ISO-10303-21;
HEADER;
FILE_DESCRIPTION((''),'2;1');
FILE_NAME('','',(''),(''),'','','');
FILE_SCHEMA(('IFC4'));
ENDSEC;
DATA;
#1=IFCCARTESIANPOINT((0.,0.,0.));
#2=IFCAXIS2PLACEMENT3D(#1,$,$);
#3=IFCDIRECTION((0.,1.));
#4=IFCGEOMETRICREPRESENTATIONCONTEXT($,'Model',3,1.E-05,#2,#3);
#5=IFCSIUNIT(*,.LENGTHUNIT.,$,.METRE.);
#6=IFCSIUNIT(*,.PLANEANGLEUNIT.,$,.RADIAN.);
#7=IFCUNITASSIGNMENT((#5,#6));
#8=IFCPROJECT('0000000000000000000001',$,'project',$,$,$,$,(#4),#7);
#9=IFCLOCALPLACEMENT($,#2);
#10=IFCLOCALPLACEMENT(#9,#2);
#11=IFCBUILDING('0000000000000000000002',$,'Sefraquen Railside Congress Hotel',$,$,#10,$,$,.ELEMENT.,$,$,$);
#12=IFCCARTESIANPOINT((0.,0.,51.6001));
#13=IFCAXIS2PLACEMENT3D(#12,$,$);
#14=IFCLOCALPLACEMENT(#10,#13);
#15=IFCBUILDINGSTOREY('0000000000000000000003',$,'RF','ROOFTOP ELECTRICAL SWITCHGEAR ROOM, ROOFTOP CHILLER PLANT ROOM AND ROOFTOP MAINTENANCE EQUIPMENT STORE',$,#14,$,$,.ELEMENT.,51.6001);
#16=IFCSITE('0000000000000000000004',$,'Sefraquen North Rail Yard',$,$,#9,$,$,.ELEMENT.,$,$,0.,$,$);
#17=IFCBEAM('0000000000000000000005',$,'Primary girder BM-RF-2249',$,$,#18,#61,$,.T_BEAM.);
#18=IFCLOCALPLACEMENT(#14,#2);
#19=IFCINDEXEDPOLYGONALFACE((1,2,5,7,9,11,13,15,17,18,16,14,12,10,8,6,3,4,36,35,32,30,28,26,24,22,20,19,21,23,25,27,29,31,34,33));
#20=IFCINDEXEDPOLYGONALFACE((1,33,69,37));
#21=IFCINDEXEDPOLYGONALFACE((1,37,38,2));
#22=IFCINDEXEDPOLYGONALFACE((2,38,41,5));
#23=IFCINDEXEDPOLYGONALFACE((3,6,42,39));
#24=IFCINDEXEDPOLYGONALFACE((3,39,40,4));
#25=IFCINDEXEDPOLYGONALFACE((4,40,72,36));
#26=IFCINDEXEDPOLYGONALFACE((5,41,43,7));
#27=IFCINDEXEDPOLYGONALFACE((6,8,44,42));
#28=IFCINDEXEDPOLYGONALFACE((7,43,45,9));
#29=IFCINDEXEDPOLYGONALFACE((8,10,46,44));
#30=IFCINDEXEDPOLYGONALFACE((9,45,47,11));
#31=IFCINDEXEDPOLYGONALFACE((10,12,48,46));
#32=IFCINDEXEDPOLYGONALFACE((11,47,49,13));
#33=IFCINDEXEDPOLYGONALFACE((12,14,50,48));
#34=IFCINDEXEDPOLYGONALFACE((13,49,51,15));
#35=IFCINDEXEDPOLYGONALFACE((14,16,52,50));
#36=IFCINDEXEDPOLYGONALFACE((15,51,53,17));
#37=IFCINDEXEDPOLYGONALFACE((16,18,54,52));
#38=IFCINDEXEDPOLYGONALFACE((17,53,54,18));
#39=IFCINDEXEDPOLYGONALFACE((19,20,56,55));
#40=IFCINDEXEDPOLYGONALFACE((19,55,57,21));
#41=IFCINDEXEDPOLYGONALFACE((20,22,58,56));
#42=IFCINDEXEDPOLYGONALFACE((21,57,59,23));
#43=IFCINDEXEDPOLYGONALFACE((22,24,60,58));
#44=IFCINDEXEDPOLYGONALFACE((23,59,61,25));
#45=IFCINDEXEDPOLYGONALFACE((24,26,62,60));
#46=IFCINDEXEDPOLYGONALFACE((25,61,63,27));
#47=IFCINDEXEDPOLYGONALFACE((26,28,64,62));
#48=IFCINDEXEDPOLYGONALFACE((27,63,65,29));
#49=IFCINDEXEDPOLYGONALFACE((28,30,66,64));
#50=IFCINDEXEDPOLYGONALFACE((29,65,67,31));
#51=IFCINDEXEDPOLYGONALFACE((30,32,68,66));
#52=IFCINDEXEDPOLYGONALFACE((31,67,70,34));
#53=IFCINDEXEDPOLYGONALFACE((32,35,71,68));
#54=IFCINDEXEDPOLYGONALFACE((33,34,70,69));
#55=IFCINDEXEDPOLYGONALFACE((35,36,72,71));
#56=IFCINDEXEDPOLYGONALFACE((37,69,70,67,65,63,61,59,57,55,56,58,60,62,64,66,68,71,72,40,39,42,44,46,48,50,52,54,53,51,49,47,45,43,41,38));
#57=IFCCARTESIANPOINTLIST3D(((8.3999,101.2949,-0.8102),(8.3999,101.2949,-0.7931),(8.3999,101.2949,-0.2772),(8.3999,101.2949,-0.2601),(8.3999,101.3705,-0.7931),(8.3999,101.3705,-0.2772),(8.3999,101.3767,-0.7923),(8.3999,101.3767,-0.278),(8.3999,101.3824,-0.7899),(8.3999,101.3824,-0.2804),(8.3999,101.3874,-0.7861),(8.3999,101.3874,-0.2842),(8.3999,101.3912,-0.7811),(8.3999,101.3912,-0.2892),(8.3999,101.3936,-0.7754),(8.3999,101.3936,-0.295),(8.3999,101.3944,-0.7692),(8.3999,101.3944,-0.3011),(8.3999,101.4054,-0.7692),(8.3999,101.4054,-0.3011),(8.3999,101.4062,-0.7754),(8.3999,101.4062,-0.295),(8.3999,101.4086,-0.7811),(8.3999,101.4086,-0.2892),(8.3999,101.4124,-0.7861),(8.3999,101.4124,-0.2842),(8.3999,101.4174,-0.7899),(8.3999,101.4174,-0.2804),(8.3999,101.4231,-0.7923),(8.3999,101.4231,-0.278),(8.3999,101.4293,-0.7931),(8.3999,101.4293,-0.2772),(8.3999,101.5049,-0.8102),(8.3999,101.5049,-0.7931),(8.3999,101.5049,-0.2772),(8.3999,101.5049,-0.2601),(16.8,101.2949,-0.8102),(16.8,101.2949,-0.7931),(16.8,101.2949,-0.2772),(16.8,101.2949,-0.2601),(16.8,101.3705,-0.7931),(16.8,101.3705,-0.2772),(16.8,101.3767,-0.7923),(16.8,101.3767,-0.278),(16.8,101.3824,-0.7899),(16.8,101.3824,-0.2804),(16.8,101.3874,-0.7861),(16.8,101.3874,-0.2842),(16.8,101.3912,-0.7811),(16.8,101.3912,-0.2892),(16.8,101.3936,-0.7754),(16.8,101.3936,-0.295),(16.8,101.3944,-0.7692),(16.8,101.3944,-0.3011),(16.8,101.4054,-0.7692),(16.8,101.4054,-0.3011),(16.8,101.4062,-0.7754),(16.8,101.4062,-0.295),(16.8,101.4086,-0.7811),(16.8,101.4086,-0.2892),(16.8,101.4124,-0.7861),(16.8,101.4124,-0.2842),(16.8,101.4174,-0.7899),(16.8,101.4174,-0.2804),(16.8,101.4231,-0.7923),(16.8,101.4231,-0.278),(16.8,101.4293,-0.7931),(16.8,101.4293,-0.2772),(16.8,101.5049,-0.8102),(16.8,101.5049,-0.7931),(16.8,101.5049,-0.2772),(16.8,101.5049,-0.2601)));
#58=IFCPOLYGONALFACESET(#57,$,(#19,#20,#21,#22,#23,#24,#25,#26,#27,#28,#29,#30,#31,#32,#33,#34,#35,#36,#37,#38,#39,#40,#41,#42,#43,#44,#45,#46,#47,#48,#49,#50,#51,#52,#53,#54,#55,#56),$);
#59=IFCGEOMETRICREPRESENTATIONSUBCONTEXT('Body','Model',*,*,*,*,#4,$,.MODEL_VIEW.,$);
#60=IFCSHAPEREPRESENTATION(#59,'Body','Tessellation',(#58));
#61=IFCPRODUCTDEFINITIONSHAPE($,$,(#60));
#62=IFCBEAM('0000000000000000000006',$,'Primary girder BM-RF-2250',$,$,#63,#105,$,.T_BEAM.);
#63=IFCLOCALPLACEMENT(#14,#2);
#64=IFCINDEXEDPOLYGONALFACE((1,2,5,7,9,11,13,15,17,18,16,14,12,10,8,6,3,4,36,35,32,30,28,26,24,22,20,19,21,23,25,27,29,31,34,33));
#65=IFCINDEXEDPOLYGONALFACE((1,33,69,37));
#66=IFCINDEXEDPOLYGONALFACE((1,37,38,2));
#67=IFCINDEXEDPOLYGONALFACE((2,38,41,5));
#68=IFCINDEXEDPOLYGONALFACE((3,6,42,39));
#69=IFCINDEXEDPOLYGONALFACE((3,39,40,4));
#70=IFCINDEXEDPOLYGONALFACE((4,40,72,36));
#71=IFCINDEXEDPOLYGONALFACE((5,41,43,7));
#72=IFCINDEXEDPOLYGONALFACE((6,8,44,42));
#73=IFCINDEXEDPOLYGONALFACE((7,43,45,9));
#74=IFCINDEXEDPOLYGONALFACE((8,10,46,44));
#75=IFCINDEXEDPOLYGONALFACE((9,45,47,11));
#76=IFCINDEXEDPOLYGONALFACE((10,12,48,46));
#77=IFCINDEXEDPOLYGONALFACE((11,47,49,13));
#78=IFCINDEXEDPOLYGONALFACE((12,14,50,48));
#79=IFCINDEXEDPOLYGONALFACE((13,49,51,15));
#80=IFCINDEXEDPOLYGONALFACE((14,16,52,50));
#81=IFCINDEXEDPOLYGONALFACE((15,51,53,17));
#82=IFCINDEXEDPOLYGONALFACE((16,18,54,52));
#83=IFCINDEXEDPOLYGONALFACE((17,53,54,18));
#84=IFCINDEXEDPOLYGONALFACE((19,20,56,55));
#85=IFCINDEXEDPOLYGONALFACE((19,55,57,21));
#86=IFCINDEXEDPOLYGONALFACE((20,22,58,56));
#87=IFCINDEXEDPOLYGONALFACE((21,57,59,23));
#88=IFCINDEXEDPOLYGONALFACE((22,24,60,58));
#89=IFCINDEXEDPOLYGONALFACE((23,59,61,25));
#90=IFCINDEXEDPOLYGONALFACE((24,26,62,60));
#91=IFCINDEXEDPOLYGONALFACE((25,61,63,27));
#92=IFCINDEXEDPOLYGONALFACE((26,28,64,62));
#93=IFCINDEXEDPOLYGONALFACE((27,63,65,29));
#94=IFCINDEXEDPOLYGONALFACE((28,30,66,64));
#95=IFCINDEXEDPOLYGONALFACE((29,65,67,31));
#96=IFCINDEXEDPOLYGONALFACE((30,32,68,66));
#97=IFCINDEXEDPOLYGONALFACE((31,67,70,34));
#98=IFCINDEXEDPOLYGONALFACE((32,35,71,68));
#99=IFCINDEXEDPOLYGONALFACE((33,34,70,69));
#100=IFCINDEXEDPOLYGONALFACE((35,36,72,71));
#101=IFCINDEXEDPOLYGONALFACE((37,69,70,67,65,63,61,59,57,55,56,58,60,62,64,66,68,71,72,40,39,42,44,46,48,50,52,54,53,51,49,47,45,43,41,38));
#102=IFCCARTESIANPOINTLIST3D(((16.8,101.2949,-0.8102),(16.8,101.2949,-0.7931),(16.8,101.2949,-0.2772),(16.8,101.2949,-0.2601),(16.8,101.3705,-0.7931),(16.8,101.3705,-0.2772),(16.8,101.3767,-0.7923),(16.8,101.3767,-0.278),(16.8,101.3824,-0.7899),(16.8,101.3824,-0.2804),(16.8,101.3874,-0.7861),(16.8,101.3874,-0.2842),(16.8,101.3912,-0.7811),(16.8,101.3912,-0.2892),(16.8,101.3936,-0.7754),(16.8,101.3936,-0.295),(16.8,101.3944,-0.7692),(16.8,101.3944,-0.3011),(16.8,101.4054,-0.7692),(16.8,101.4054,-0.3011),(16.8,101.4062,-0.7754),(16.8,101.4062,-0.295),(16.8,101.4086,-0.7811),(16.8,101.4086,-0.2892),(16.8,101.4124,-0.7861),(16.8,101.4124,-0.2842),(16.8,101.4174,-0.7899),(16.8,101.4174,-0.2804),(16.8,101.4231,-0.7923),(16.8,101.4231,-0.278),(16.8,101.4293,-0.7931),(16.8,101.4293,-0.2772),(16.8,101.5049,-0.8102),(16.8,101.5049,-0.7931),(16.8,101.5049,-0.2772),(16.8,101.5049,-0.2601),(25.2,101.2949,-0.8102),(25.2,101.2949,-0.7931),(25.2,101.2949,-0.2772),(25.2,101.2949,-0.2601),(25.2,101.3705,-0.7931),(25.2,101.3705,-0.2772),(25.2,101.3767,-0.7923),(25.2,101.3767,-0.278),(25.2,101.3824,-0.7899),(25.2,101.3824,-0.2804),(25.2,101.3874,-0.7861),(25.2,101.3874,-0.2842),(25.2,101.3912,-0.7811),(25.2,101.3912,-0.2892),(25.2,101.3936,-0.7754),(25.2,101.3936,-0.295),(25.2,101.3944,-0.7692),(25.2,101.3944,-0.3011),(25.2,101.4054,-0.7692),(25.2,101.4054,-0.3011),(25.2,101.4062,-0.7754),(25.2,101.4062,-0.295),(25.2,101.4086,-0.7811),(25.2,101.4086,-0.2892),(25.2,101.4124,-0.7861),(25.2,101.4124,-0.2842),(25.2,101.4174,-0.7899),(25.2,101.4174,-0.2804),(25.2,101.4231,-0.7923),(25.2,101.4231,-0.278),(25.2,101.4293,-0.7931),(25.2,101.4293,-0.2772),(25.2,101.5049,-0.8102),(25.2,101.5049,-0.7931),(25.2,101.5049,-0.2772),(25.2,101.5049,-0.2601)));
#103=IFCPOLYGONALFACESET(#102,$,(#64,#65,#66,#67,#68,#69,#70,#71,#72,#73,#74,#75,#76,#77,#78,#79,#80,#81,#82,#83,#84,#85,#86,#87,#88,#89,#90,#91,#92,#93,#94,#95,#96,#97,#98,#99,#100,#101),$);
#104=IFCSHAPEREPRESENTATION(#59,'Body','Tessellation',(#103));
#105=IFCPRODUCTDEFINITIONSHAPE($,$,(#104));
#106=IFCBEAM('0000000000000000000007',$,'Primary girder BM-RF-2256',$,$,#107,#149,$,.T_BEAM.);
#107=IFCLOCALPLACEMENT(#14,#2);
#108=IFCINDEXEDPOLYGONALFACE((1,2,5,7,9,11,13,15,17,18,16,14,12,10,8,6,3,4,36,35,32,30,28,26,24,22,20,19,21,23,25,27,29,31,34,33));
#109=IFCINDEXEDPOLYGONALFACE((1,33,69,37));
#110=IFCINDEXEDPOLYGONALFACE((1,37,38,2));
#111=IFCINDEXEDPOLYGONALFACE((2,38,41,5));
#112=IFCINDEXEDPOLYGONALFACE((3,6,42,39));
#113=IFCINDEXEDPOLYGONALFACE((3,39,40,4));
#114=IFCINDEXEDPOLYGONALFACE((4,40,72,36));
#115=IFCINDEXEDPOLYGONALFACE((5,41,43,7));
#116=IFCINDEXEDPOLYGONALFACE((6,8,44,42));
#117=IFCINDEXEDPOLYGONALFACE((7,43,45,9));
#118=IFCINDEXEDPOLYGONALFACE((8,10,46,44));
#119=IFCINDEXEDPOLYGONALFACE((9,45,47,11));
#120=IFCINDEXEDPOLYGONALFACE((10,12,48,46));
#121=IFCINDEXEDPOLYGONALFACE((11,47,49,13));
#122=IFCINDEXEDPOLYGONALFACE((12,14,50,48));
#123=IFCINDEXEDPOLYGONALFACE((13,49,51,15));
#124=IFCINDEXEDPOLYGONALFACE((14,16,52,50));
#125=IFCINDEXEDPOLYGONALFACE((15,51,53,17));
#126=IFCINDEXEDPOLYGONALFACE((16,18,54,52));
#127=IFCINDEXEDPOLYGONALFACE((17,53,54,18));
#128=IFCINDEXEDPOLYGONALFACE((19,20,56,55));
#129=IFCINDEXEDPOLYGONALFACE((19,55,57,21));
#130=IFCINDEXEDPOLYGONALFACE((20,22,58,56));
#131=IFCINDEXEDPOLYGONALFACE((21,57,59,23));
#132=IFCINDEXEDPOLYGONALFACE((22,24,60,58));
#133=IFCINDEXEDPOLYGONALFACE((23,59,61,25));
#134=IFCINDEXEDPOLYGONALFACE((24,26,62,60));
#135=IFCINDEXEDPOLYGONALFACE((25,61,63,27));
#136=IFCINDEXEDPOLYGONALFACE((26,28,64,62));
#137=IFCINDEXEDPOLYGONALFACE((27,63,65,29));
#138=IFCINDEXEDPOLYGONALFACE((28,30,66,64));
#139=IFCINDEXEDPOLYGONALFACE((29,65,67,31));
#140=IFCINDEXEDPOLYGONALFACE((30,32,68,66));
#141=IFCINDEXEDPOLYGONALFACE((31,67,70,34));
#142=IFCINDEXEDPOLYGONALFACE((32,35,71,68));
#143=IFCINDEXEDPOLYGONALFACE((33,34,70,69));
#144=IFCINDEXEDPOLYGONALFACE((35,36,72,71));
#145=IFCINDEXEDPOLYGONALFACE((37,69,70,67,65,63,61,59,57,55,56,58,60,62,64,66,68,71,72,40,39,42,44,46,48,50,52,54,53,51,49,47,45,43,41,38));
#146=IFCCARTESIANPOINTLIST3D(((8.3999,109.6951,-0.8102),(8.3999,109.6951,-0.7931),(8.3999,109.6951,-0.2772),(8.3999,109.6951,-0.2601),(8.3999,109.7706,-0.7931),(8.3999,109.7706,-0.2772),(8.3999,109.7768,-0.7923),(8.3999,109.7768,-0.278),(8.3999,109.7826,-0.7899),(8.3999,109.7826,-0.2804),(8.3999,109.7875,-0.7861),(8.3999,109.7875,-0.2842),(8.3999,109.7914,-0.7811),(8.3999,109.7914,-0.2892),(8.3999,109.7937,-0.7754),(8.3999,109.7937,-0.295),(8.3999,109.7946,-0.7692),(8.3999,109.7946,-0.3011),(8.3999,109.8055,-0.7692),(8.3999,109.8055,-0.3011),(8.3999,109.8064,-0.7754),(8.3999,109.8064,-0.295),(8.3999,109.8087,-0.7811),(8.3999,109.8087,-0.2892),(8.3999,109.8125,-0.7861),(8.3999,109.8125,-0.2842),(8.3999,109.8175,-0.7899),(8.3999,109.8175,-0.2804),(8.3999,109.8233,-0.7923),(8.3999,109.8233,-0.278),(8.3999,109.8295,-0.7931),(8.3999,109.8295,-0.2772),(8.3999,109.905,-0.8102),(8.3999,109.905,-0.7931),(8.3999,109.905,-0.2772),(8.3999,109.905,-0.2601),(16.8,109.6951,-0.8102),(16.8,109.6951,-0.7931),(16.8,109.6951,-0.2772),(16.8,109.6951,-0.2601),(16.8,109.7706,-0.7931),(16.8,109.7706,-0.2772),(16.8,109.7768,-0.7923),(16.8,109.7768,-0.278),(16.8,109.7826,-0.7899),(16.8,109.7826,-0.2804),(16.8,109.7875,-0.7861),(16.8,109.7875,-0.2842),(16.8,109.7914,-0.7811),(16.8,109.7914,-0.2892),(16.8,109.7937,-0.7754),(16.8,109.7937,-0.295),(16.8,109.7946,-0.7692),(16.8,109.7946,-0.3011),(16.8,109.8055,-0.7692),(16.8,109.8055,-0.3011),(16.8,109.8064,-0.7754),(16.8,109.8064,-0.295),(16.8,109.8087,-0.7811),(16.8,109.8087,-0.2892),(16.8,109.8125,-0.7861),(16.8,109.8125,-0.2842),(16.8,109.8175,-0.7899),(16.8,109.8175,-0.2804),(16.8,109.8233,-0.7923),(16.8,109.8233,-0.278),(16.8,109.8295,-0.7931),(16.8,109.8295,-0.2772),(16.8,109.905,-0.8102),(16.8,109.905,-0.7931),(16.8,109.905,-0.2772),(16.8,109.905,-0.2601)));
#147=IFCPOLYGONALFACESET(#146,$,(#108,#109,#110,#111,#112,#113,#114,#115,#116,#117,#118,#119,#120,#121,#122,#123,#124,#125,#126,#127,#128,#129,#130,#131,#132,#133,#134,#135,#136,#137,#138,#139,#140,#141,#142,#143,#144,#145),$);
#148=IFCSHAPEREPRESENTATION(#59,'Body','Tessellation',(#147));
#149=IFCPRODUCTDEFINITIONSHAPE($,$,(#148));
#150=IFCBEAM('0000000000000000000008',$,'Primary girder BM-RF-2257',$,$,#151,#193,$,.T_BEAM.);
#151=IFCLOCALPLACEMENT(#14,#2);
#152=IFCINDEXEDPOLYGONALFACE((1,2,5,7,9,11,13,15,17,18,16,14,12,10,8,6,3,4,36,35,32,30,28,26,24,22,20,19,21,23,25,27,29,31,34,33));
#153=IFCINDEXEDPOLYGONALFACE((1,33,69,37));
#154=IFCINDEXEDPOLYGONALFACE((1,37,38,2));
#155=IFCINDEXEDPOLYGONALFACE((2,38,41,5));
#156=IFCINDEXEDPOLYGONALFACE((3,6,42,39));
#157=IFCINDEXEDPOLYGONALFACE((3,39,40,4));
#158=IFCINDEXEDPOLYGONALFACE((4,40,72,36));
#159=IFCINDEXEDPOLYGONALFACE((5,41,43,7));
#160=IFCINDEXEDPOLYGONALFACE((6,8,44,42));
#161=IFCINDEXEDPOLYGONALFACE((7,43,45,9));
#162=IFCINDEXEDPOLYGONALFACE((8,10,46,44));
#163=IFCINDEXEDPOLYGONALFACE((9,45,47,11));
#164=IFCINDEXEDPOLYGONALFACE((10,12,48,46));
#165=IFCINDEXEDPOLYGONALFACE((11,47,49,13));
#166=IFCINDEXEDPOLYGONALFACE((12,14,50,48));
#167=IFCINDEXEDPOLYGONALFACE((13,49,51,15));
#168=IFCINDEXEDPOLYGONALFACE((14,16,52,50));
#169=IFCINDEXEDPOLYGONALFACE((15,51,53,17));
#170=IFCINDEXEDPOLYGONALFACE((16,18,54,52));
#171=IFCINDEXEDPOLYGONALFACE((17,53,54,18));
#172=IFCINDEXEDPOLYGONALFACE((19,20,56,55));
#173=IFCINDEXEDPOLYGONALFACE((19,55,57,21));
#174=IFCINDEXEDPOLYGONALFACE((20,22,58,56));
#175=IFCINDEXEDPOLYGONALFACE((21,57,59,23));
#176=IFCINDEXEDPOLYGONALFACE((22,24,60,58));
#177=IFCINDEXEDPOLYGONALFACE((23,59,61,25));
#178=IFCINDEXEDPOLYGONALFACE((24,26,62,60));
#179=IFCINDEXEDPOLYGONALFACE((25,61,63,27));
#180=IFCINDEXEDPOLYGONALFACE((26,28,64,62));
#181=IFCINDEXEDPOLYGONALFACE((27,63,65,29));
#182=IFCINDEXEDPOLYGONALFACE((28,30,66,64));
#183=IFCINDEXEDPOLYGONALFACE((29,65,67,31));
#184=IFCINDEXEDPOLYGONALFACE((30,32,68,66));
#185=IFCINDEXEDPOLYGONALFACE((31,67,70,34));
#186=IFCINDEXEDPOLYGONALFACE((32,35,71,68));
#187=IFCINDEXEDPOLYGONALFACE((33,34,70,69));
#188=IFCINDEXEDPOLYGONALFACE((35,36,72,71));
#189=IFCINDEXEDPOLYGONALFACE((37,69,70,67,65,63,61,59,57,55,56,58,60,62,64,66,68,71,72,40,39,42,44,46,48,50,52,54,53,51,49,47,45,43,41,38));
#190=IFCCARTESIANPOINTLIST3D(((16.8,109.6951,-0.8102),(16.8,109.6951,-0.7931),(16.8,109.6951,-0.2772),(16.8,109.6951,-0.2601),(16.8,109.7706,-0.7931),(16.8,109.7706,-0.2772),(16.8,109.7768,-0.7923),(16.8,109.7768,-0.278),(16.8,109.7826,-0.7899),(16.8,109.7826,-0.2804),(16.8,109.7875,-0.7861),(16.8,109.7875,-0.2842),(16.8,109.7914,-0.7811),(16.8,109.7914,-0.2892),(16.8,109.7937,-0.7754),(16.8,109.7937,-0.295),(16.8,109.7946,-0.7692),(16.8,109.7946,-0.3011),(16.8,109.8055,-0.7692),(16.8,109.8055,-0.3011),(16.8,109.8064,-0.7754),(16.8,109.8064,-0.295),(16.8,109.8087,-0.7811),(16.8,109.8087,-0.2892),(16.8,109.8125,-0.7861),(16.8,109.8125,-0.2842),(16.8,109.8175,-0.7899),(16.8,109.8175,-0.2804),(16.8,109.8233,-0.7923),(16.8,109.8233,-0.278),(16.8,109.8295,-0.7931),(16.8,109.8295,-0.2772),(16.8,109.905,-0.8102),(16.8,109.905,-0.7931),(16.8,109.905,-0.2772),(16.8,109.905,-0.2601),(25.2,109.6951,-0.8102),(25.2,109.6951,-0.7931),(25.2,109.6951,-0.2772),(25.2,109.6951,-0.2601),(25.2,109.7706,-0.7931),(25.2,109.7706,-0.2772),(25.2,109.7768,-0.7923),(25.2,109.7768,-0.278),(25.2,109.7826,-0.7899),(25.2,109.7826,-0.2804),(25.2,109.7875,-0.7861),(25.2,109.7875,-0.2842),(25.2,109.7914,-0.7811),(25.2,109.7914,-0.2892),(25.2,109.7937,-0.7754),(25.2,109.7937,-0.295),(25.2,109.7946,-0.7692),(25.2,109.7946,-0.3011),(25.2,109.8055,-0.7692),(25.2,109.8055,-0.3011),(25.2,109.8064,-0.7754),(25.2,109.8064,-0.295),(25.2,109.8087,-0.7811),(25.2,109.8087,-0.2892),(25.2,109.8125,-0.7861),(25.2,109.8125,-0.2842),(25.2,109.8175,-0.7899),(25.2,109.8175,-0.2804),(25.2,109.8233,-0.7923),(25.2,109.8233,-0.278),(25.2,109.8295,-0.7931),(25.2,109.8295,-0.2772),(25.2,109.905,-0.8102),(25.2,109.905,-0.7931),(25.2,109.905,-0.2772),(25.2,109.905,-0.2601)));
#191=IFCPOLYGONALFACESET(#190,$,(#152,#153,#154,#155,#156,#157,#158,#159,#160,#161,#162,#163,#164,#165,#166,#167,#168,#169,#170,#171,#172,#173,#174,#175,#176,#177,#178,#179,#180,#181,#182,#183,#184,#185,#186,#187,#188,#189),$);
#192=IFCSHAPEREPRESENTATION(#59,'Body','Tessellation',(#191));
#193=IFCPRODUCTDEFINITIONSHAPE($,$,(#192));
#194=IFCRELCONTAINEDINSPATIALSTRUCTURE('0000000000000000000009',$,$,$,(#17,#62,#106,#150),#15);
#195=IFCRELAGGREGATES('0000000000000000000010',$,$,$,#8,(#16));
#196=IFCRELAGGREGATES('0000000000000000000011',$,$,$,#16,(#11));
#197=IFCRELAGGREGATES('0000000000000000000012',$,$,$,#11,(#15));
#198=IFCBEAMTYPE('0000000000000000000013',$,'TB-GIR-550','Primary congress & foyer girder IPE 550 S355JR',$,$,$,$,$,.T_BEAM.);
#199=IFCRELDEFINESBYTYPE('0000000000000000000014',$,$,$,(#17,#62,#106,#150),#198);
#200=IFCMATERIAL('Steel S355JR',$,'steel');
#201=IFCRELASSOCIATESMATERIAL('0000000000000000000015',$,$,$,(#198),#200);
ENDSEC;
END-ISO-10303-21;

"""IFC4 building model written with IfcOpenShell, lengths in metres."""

from ifc_helpers import new_model, si_unit, direction, frame, origin, origin_2d, place, context, subcontext, project, spatial, i_section, extrude, material, material_profile, profile_set, type_object, element, save


model = new_model("IFC4")

# Units and contexts
model_context = context("Model", 3, precision=1e-05, world=origin(), true_north=direction((0.0, 1.0)))
body_context = subcontext(model_context, "Body", "Model", "MODEL_VIEW")
ifc_project = project(units=[si_unit("LENGTHUNIT", "METRE"), si_unit("PLANEANGLEUNIT", "RADIAN")], contexts=[model_context])

# Site, building, storey
site_placement = place(None, origin())
site = spatial("IfcSite", under=ifc_project, at=site_placement, Name="Sefraquen North Rail Yard", CompositionType="ELEMENT", RefElevation=0.0)
building_placement = place(site_placement, origin())
building = spatial("IfcBuilding", under=site, at=building_placement, Name="Sefraquen Railside Congress Hotel", CompositionType="ELEMENT")
storey_placement = place(building_placement, frame((0.0, 0.0, 51.6001)))
storey = spatial("IfcBuildingStorey", under=building, at=storey_placement, Name="RF", Description="ROOFTOP ELECTRICAL SWITCHGEAR ROOM, ROOFTOP CHILLER PLANT ROOM AND ROOFTOP MAINTENANCE EQUIPMENT STORE", CompositionType="ELEMENT", Elevation=51.6001)

# Beams
ifc_material_1 = material(Name="Steel S355JR", Category="steel")
ifc_material_profile_1 = material_profile(ifc_material_1, i_section(OverallWidth=0.21, OverallDepth=0.55, WebThickness=0.011, FlangeThickness=0.0171, FilletRadius=0.0239, at=origin_2d()), Name="IPE 550")
ifc_profile_set_1 = profile_set([ifc_material_profile_1], Name="Steel S355JR")
beam_type_1 = type_object("IfcBeamType", Name="TB-GIR-550", Description="Primary congress & foyer girder IPE 550 S355JR", PredefinedType="T_BEAM", material=ifc_profile_set_1)
beam_1_placement = place(storey_placement, frame((8.3999, 101.3999, -0.5352), z_axis=(1.0, 0.0, 0.0), x_axis=(0.0, 1.0, 0.0)))
element("IfcBeam", 1, at=beam_1_placement, inside=storey, type_object=beam_type_1, Name="Primary girder BM-RF-2249", PredefinedType="T_BEAM", context=body_context, shape_type="SweptSolid", body=[
    extrude(i_section(OverallWidth=0.21, OverallDepth=0.55, WebThickness=0.011, FlangeThickness=0.0171, FilletRadius=0.0239, at=origin_2d()), origin(), (0.0, 0.0, 1.0), 8.4001),
])
beam_2_placement = place(storey_placement, frame((16.8, 101.3999, -0.5352), z_axis=(1.0, 0.0, 0.0), x_axis=(0.0, 1.0, 0.0)))
element("IfcBeam", 2, at=beam_2_placement, inside=storey, type_object=beam_type_1, Name="Primary girder BM-RF-2250", PredefinedType="T_BEAM", context=body_context, shape_type="SweptSolid", body=[
    extrude(i_section(OverallWidth=0.21, OverallDepth=0.55, WebThickness=0.011, FlangeThickness=0.0171, FilletRadius=0.0239, at=origin_2d()), origin(), (0.0, 0.0, 1.0), 8.3999),
])
beam_3_placement = place(storey_placement, frame((8.3999, 109.8, -0.5352), z_axis=(1.0, 0.0, 0.0), x_axis=(0.0, 1.0, 0.0)))
element("IfcBeam", 3, at=beam_3_placement, inside=storey, type_object=beam_type_1, Name="Primary girder BM-RF-2256", PredefinedType="T_BEAM", context=body_context, shape_type="SweptSolid", body=[
    extrude(i_section(OverallWidth=0.21, OverallDepth=0.55, WebThickness=0.011, FlangeThickness=0.0171, FilletRadius=0.0239, at=origin_2d()), origin(), (0.0, 0.0, 1.0), 8.4001),
])
beam_4_placement = place(storey_placement, frame((16.8, 109.8, -0.5352), z_axis=(1.0, 0.0, 0.0), x_axis=(0.0, 1.0, 0.0)))
element("IfcBeam", 4, at=beam_4_placement, inside=storey, type_object=beam_type_1, Name="Primary girder BM-RF-2257", PredefinedType="T_BEAM", context=body_context, shape_type="SweptSolid", body=[
    extrude(i_section(OverallWidth=0.21, OverallDepth=0.55, WebThickness=0.011, FlangeThickness=0.0171, FilletRadius=0.0239, at=origin_2d()), origin(), (0.0, 0.0, 1.0), 8.3999),
])

save(model, "model.ifc")
